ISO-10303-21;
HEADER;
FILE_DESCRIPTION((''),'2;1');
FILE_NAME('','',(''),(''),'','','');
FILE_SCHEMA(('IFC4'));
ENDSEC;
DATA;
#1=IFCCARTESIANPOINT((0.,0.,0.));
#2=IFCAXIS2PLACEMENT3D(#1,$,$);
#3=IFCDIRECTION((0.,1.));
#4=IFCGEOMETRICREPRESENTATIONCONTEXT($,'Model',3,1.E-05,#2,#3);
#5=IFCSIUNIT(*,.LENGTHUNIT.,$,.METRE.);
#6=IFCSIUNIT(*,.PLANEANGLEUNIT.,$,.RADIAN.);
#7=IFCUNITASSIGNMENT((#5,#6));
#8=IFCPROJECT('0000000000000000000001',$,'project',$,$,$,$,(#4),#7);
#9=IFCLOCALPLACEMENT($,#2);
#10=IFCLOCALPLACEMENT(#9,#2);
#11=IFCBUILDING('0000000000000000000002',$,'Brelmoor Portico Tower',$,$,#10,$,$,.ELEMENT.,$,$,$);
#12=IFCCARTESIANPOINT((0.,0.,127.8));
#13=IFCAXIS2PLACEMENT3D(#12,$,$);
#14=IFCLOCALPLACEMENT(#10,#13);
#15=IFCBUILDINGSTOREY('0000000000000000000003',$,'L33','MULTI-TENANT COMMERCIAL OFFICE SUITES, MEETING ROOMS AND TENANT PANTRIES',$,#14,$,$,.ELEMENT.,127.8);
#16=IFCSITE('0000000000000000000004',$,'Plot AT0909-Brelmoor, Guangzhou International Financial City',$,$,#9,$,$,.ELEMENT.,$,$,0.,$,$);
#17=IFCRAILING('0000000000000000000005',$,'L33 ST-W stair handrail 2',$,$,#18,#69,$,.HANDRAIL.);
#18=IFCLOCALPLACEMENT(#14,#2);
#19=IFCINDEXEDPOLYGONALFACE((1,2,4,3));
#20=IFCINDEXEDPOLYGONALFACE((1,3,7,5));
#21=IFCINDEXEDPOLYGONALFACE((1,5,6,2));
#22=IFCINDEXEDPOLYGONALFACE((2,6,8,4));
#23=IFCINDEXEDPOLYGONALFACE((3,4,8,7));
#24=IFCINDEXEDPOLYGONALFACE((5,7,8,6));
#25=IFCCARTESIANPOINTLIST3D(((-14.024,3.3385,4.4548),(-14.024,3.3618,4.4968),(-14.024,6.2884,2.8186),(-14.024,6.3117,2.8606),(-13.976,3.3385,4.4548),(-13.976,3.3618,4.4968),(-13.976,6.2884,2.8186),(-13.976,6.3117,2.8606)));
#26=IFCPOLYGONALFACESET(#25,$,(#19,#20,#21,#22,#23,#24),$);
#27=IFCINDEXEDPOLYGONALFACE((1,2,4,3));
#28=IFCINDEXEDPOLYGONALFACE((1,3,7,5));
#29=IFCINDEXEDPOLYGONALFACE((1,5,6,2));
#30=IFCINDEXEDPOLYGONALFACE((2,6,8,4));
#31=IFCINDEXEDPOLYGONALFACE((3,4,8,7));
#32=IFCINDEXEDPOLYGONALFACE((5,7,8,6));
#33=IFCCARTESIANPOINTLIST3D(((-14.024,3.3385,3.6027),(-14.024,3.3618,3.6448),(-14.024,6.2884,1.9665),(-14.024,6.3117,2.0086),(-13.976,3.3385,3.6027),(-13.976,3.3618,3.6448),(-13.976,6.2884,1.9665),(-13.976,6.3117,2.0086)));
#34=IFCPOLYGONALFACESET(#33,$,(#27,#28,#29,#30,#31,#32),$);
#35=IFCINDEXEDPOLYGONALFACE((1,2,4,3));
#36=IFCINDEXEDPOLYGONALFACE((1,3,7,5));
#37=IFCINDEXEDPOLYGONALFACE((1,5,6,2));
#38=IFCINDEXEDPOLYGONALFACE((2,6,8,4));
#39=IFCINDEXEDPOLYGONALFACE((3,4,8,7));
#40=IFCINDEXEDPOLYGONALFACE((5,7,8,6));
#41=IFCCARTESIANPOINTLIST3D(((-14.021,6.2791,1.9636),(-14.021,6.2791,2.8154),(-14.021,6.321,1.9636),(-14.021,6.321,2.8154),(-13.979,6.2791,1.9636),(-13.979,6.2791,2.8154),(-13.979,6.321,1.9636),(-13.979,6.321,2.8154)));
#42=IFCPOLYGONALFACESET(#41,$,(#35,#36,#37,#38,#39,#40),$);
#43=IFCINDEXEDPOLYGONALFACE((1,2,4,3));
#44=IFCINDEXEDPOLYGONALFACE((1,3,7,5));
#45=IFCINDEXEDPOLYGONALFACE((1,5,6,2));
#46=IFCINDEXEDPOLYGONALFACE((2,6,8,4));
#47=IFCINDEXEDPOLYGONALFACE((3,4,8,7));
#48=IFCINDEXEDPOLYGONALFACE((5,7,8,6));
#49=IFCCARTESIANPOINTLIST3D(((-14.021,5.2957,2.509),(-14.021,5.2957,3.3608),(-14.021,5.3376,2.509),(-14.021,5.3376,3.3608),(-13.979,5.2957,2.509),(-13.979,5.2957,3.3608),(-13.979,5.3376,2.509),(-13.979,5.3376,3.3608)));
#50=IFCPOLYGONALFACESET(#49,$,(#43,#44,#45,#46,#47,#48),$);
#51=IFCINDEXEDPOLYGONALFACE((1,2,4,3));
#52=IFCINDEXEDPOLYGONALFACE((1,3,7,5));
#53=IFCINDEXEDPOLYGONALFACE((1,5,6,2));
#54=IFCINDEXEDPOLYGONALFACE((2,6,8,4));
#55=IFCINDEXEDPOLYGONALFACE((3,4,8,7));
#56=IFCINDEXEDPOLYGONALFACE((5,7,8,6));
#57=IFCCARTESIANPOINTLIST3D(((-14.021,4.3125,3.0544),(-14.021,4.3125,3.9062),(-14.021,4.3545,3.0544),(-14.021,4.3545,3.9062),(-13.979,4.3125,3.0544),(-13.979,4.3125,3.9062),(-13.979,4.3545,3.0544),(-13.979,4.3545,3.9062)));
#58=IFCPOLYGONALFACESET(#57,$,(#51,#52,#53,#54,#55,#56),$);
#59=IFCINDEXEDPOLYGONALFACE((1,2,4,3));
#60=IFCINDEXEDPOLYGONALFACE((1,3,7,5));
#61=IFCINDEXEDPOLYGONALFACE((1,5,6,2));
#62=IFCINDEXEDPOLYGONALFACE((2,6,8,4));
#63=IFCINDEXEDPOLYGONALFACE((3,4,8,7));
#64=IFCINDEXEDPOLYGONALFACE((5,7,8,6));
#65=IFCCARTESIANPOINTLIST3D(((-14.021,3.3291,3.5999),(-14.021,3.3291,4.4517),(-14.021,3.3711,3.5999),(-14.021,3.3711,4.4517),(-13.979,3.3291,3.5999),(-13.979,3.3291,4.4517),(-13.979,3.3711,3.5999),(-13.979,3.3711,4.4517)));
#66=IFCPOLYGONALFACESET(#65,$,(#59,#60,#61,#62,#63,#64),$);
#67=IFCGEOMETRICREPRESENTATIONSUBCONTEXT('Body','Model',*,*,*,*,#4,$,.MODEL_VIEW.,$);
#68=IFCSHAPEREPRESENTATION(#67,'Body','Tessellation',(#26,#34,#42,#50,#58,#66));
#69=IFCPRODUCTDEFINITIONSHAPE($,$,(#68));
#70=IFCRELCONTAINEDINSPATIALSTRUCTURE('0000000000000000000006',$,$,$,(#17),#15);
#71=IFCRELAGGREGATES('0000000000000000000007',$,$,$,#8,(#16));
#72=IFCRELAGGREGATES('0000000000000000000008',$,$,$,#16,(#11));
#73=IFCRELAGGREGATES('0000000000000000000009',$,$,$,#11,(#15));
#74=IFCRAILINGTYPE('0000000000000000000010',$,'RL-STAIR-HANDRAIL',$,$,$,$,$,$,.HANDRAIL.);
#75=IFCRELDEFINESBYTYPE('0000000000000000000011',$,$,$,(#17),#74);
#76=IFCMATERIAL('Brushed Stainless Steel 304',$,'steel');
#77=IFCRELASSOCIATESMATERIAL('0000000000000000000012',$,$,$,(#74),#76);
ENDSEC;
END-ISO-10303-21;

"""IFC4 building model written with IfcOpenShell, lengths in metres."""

from ifc_helpers import new_model, si_unit, direction, frame, origin, origin_2d, place, context, subcontext, project, spatial, rectangle, extrude, material, type_object, element, save


model = new_model("IFC4")

# Units and contexts
model_context = context("Model", 3, precision=1e-05, world=origin(), true_north=direction((0.0, 1.0)))
body_context = subcontext(model_context, "Body", "Model", "MODEL_VIEW")
ifc_project = project(units=[si_unit("LENGTHUNIT", "METRE"), si_unit("PLANEANGLEUNIT", "RADIAN")], contexts=[model_context])

# Site, building, storey
site_placement = place(None, origin())
site = spatial("IfcSite", under=ifc_project, at=site_placement, Name="Plot AT0909-Brelmoor, Guangzhou International Financial City", CompositionType="ELEMENT", RefElevation=0.0)
building_placement = place(site_placement, origin())
building = spatial("IfcBuilding", under=site, at=building_placement, Name="Brelmoor Portico Tower", CompositionType="ELEMENT")
storey_placement = place(building_placement, frame((0.0, 0.0, 127.8)))
storey = spatial("IfcBuildingStorey", under=building, at=storey_placement, Name="L33", Description="MULTI-TENANT COMMERCIAL OFFICE SUITES, MEETING ROOMS AND TENANT PANTRIES", CompositionType="ELEMENT", Elevation=127.8)

# Railing
ifc_material_1 = material(Name="Brushed Stainless Steel 304", Category="steel")
railing_type_1 = type_object("IfcRailingType", Name="RL-STAIR-HANDRAIL", PredefinedType="HANDRAIL", material=ifc_material_1)
railing_1_placement = place(storey_placement, frame((-14.0, 6.3, 1.9636)))
element("IfcRailing", 1, at=railing_1_placement, inside=storey, type_object=railing_type_1, Name="L33 ST-W stair handrail 2", PredefinedType="HANDRAIL", context=body_context, shape_type="SweptSolid", body=[
    extrude(rectangle(XDim=0.0481, YDim=0.0481, at=origin_2d()), frame((0.0, 0.0, 0.876), z_axis=(0.0, -0.874488, 0.485047), x_axis=(1.0, 0.0, 0.0)), (0.0, 0.0, 1.0), 3.3733),
    extrude(rectangle(XDim=0.0481, YDim=0.0481, at=origin_2d()), frame((0.0, 0.0, 0.0239), z_axis=(0.0, -0.874488, 0.485047), x_axis=(1.0, 0.0, 0.0)), (0.0, 0.0, 1.0), 3.3733),
    extrude(rectangle(XDim=0.042, YDim=0.042, at=origin_2d()), origin(), (0.0, 0.0, 1.0), 0.8518),
    extrude(rectangle(XDim=0.042, YDim=0.042, at=origin_2d()), frame((0.0, -0.9834, 0.5454)), (0.0, 0.0, 1.0), 0.8518),
    extrude(rectangle(XDim=0.042, YDim=0.042, at=origin_2d()), frame((0.0, -1.9666, 1.0908)), (0.0, 0.0, 1.0), 0.8518),
    extrude(rectangle(XDim=0.042, YDim=0.042, at=origin_2d()), frame((0.0, -2.95, 1.6362)), (0.0, 0.0, 1.0), 0.8518),
])

save(model, "model.ifc")
